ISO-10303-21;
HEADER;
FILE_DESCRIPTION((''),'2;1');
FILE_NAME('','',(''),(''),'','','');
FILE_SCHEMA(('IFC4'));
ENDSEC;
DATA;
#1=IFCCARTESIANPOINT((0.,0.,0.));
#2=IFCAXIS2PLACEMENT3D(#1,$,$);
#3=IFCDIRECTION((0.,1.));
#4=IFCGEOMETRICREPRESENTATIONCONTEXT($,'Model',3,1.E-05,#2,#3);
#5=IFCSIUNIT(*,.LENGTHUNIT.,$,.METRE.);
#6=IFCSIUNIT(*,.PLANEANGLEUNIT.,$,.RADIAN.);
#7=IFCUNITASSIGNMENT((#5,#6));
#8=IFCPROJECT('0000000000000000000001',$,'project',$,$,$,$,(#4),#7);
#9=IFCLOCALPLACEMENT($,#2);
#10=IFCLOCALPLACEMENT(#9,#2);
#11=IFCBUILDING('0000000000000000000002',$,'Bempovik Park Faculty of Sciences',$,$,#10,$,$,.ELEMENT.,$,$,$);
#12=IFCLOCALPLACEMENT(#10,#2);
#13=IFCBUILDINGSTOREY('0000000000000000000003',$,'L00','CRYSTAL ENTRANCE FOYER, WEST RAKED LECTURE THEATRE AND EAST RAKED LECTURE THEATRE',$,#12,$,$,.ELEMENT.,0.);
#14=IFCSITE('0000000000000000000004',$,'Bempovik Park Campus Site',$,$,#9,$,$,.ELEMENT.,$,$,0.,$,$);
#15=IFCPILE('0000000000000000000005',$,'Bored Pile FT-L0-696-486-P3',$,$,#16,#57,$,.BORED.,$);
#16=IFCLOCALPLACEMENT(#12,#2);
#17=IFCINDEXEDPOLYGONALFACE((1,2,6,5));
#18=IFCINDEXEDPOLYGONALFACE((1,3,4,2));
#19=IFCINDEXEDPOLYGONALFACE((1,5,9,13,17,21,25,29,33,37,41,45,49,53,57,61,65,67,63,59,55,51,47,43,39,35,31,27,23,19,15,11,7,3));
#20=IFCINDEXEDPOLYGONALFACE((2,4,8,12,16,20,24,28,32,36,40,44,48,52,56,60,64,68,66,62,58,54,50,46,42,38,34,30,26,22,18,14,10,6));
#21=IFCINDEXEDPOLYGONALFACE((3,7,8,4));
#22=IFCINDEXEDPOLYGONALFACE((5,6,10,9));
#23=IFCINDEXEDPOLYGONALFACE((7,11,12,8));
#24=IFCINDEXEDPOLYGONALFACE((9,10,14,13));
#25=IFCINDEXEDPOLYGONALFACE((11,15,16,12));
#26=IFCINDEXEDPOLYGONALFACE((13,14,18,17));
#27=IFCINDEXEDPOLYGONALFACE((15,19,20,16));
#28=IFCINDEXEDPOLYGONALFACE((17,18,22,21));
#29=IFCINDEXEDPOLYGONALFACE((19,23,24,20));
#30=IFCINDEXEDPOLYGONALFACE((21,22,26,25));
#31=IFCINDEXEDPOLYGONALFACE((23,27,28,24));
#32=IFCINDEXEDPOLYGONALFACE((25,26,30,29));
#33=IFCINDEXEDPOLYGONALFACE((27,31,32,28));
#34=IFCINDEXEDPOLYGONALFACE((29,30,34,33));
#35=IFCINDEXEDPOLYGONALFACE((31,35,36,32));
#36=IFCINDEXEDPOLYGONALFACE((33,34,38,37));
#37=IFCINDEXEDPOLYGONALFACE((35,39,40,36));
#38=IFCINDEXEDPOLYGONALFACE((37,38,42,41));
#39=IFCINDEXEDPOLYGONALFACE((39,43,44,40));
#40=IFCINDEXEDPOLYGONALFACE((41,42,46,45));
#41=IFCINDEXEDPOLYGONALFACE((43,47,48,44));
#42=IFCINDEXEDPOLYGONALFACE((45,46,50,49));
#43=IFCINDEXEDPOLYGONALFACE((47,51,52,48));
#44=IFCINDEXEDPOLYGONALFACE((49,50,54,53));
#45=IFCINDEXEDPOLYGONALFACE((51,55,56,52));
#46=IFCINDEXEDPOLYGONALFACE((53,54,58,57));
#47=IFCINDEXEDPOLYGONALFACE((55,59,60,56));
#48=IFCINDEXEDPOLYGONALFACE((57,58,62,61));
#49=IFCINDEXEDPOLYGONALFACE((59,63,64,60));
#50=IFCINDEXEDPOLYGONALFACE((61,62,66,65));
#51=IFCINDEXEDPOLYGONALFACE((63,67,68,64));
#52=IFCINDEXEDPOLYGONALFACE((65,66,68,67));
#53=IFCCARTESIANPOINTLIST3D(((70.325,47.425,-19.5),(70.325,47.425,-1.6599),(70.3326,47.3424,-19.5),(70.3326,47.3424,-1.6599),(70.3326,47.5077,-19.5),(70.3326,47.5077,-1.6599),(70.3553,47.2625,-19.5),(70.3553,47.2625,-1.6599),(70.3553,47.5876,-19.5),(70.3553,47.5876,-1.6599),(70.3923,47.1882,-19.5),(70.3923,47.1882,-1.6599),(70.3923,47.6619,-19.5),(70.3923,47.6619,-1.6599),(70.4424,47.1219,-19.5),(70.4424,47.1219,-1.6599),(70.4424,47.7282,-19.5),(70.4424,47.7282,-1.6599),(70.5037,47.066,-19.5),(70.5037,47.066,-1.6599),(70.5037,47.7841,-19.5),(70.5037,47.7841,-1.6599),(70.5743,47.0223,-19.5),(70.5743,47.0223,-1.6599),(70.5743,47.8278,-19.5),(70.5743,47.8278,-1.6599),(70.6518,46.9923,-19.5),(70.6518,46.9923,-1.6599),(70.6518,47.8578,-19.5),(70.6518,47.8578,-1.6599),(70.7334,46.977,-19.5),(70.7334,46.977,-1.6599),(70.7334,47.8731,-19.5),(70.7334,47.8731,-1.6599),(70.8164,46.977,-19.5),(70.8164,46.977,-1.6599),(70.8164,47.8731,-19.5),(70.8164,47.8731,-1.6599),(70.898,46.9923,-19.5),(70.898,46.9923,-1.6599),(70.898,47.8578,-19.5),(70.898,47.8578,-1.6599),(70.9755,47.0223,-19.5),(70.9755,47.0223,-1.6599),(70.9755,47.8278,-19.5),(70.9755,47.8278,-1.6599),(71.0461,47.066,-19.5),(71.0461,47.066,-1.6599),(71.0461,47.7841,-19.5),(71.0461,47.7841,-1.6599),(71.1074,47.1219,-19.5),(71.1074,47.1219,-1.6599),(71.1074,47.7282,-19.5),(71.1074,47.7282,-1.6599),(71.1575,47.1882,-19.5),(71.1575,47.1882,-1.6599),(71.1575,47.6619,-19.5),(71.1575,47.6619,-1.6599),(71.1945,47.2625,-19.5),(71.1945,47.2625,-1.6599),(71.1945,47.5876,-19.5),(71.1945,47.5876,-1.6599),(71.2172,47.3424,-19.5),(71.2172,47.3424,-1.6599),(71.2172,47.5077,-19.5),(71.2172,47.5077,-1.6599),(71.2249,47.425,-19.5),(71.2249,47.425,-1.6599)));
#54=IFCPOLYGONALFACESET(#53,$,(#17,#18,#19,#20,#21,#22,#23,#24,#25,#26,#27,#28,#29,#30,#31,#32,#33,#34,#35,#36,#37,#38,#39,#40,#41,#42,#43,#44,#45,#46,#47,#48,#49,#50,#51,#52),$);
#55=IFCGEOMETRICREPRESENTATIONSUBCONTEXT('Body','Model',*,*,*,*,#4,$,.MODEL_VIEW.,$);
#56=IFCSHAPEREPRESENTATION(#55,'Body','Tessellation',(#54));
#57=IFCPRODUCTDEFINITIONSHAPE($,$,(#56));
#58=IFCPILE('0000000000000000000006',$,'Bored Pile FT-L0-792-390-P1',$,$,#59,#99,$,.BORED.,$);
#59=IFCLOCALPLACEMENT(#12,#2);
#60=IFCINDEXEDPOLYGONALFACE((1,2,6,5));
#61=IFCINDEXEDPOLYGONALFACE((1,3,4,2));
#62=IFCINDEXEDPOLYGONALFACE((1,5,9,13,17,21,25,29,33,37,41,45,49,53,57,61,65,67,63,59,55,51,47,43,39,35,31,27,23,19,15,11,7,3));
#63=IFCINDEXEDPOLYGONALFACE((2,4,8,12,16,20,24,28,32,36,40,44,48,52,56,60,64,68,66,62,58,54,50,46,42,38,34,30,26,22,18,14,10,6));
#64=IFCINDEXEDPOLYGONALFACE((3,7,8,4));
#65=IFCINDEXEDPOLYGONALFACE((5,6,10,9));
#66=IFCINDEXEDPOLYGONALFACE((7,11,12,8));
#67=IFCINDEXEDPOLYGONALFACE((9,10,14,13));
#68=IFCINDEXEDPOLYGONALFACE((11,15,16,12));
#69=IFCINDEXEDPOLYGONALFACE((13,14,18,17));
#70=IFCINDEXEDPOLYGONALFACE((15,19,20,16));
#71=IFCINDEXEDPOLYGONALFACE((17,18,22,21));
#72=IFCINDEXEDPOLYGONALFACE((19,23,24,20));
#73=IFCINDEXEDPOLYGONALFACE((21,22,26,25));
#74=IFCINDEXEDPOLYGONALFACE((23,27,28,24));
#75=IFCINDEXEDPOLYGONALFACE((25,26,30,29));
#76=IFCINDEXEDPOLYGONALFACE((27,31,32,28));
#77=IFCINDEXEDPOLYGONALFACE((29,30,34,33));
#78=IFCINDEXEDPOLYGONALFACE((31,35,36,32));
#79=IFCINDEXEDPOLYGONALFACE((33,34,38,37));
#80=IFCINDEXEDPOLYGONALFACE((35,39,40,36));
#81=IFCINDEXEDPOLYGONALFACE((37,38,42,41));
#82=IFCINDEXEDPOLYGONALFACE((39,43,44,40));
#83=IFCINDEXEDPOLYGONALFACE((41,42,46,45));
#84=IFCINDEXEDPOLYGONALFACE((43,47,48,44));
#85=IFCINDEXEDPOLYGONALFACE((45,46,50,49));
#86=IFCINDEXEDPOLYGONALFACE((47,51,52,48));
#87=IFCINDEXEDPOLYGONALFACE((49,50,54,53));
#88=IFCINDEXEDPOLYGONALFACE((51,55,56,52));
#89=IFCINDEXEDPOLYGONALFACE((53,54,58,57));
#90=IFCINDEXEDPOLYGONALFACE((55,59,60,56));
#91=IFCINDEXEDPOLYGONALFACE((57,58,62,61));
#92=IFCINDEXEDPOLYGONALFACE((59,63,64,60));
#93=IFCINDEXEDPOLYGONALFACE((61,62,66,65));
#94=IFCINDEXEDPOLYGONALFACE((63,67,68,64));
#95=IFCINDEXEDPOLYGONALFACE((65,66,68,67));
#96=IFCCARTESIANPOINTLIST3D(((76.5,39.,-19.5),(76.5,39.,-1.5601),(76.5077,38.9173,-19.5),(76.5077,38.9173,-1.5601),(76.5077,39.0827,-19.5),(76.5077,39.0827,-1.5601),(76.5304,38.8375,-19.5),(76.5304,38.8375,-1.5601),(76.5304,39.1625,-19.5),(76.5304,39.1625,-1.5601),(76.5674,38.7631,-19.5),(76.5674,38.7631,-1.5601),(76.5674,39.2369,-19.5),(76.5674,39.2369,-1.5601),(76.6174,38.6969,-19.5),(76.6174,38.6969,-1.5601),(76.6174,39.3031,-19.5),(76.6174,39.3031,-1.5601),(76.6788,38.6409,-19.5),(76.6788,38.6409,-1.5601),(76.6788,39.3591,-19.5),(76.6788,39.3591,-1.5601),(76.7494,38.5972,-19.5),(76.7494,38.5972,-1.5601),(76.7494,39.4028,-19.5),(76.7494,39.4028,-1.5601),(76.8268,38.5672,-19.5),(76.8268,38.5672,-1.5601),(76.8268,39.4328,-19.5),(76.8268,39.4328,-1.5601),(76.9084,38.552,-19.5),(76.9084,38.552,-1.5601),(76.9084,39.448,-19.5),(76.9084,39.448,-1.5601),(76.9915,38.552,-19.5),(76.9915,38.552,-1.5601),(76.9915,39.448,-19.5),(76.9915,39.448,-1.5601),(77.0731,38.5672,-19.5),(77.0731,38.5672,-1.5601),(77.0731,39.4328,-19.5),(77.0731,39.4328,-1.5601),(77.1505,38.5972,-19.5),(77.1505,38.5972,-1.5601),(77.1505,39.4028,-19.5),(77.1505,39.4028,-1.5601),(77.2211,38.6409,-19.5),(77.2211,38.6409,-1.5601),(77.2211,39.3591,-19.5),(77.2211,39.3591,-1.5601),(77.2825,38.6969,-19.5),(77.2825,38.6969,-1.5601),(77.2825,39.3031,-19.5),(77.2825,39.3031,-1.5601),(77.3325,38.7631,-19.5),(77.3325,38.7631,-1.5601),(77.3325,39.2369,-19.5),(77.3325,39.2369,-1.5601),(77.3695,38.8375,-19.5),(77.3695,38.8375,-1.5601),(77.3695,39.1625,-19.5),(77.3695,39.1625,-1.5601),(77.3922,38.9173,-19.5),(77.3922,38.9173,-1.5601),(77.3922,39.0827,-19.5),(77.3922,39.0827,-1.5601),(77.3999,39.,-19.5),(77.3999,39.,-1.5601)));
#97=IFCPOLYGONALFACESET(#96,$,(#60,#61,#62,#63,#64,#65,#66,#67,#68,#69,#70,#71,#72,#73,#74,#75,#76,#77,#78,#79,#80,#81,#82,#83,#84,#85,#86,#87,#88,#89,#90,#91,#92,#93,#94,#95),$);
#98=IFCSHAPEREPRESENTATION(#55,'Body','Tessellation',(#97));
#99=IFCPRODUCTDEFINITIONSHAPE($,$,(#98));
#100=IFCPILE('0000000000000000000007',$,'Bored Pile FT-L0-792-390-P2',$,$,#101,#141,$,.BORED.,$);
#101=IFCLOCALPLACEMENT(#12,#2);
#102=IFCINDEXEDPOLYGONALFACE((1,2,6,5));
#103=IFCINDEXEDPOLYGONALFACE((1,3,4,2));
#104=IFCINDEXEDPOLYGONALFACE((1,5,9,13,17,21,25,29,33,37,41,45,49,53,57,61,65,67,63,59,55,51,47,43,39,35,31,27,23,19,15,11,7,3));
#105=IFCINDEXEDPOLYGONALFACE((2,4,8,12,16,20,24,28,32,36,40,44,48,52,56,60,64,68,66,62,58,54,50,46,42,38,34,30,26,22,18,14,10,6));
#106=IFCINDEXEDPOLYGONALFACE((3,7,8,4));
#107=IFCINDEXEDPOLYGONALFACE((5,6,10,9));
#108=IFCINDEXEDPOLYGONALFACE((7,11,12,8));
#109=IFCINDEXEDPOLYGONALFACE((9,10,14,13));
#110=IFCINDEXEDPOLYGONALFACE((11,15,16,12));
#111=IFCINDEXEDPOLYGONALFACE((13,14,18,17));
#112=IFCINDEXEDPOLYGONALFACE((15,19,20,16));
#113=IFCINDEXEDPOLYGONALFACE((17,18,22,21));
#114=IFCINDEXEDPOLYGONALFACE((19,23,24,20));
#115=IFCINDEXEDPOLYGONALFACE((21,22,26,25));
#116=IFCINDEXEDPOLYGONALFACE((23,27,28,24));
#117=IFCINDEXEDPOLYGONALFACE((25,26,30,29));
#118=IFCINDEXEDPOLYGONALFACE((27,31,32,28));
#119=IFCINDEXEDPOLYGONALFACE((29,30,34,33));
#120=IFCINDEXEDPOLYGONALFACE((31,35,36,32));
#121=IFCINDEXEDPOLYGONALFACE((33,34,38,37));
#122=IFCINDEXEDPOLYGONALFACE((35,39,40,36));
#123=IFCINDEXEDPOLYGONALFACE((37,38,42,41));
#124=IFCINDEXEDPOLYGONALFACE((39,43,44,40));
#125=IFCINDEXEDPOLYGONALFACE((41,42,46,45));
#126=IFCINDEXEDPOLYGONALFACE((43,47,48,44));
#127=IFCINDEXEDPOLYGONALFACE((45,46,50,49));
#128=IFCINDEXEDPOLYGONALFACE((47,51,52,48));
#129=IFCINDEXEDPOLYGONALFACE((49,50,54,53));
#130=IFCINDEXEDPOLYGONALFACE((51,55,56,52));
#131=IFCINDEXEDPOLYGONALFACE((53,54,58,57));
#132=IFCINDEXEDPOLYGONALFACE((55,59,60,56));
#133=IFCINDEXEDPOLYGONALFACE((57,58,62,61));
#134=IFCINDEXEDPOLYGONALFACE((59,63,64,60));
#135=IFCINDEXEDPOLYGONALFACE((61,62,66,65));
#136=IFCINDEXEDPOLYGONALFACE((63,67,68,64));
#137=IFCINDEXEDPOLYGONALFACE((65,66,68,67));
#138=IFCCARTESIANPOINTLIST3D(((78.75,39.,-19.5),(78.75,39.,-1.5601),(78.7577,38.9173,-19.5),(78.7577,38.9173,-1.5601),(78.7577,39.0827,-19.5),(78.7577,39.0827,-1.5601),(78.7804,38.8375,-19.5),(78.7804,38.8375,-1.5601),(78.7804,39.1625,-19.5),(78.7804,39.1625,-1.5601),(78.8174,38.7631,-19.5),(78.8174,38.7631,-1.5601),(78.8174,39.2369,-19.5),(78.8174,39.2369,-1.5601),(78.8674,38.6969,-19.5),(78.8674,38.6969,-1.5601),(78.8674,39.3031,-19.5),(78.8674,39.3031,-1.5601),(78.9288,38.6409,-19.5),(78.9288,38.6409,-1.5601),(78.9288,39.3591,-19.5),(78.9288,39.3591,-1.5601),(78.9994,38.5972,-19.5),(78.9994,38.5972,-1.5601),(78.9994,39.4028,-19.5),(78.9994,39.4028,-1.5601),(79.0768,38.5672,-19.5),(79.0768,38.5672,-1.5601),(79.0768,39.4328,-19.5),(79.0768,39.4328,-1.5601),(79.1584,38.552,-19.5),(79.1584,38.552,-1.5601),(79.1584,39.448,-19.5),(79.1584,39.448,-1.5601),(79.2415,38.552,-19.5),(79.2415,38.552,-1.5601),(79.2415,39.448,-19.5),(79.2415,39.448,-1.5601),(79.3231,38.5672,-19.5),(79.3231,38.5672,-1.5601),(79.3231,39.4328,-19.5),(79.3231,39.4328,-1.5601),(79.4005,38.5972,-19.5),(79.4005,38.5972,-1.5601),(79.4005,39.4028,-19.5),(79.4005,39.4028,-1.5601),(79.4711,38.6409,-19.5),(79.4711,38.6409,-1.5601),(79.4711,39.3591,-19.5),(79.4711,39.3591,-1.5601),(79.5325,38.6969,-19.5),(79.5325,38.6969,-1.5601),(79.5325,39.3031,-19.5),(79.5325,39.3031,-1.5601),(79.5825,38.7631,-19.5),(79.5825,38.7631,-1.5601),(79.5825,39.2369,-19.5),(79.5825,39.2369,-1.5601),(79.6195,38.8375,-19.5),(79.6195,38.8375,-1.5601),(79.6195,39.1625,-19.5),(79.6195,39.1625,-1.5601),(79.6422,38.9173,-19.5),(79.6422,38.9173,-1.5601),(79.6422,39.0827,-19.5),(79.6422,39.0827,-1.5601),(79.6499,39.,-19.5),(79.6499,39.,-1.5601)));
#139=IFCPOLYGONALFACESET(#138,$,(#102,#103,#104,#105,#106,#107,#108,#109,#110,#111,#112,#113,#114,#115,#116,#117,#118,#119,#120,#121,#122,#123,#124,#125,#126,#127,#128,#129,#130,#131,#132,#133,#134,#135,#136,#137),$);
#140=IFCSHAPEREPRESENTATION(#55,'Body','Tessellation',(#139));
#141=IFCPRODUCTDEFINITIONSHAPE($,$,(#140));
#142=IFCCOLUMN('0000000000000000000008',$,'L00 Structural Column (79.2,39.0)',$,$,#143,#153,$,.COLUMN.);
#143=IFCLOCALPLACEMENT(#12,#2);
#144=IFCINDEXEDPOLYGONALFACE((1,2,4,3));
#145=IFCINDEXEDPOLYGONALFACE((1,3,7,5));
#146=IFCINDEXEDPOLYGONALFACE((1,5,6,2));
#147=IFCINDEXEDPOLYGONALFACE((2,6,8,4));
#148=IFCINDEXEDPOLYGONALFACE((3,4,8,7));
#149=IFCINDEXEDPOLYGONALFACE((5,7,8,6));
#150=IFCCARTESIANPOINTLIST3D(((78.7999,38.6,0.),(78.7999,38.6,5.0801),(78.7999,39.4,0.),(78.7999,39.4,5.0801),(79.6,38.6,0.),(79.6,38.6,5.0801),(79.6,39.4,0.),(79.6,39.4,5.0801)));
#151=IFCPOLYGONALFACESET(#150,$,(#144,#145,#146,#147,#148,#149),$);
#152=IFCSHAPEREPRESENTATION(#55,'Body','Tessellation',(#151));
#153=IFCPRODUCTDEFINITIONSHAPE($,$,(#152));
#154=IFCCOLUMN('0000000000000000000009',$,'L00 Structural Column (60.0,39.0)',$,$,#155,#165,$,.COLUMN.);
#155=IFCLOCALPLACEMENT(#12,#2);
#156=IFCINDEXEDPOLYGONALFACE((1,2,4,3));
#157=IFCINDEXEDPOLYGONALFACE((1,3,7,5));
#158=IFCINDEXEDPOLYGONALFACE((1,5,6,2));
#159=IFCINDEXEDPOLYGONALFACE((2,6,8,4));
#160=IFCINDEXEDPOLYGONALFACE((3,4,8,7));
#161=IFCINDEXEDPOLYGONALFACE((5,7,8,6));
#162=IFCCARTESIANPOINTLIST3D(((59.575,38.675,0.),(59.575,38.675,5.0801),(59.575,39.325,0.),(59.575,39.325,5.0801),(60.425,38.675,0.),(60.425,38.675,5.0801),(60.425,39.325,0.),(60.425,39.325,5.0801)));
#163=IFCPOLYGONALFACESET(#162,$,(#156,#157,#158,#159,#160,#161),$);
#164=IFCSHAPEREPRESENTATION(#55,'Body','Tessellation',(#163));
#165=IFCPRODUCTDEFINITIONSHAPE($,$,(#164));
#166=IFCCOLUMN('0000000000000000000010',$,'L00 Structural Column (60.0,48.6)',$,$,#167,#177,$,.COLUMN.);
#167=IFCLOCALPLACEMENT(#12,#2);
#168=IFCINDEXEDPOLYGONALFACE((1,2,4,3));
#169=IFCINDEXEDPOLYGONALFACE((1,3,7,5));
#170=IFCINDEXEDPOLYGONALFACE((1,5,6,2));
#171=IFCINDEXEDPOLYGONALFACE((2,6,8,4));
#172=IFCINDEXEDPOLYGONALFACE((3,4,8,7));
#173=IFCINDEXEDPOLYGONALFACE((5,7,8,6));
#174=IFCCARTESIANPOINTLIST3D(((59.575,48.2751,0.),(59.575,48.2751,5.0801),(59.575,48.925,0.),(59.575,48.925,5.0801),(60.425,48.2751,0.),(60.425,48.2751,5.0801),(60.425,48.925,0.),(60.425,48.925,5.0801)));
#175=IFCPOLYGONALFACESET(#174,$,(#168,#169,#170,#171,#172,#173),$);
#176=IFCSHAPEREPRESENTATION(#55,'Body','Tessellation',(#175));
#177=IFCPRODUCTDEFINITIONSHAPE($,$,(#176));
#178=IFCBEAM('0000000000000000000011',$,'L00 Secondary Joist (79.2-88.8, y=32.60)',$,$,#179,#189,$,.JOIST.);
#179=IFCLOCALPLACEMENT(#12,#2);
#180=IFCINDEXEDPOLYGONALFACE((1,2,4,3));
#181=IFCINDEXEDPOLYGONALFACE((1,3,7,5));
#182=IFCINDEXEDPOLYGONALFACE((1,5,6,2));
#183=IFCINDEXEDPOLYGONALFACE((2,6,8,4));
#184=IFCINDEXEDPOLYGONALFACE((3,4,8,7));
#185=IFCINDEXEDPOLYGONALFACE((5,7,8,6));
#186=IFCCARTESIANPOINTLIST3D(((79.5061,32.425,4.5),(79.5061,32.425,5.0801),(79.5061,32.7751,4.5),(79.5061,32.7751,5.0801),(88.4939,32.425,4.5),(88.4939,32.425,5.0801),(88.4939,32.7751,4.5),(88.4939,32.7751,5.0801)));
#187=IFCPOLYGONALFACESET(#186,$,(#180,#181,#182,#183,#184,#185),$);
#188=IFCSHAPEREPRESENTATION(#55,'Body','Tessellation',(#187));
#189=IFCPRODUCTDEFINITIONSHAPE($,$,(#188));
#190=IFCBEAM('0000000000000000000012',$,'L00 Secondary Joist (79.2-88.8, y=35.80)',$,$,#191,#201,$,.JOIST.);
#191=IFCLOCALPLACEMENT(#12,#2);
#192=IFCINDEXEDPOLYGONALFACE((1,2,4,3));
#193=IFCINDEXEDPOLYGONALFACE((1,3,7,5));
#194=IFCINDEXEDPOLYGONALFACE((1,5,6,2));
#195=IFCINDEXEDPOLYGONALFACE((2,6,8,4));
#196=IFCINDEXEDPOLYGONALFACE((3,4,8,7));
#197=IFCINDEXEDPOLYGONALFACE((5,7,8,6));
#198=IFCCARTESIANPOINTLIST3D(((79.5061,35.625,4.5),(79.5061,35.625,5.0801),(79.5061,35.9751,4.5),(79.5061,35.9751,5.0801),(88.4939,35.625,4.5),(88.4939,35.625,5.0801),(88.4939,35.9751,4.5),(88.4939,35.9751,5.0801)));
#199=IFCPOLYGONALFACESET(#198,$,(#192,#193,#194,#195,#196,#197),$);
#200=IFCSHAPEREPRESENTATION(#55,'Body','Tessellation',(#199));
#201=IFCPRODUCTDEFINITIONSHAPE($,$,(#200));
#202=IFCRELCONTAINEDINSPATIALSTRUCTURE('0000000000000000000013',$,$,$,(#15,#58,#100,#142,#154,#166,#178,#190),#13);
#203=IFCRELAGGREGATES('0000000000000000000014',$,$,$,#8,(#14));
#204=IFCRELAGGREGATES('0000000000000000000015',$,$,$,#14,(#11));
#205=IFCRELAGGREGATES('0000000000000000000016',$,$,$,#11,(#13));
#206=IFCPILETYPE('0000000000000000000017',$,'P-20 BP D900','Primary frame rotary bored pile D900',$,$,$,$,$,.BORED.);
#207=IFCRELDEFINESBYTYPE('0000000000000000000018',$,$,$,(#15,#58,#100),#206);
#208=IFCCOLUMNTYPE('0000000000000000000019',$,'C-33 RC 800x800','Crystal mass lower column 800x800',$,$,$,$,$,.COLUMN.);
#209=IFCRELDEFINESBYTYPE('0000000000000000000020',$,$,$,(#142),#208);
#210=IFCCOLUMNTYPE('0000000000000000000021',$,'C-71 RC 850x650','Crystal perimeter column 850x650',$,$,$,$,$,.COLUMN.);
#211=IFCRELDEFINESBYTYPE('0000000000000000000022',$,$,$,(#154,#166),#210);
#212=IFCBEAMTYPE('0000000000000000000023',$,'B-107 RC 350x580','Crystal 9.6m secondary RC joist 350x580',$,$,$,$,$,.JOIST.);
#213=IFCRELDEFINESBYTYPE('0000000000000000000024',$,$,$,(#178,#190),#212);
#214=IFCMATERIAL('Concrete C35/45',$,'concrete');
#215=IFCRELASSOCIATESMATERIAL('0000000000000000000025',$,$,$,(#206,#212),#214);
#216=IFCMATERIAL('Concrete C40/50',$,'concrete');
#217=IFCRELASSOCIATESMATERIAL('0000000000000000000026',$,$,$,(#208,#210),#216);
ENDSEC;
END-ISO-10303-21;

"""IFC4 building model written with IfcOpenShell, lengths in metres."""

from ifc_helpers import new_model, si_unit, direction, frame, origin, origin_2d, place, context, subcontext, project, spatial, rectangle, circle, extrude, material, material_profile, profile_set, type_object, element, save


model = new_model("IFC4")

# Units and contexts
model_context = context("Model", 3, precision=1e-05, world=origin(), true_north=direction((0.0, 1.0)))
body_context = subcontext(model_context, "Body", "Model", "MODEL_VIEW")
ifc_project = project(units=[si_unit("LENGTHUNIT", "METRE"), si_unit("PLANEANGLEUNIT", "RADIAN")], contexts=[model_context])

# Site, building, storey
site_placement = place(None, origin())
site = spatial("IfcSite", under=ifc_project, at=site_placement, Name="Bempovik Park Campus Site", CompositionType="ELEMENT", RefElevation=0.0)
building_placement = place(site_placement, origin())
building = spatial("IfcBuilding", under=site, at=building_placement, Name="Bempovik Park Faculty of Sciences", CompositionType="ELEMENT")
storey_placement = place(building_placement, origin())
storey = spatial("IfcBuildingStorey", under=building, at=storey_placement, Name="L00", Description="CRYSTAL ENTRANCE FOYER, WEST RAKED LECTURE THEATRE AND EAST RAKED LECTURE THEATRE", CompositionType="ELEMENT", Elevation=0.0)

# Shared definitions
ifc_material_1 = material(Name="Concrete C35/45", Category="concrete")

# Piles
ifc_material_profile_1 = material_profile(ifc_material_1, circle(Radius=0.45, at=origin_2d()), Name="BP D900")
ifc_profile_set_1 = profile_set([ifc_material_profile_1], Name="Concrete C35/45")
pile_type = type_object("IfcPileType", Name="P-20 BP D900", Description="Primary frame rotary bored pile D900", PredefinedType="BORED", material=ifc_profile_set_1)
for number, where, z_axis, x_axis, name in (
    (1, (70.7749, 47.425, -1.6599), (0.0, 0.0, -1.0), (1.0, 0.0, 0.0), "Bored Pile FT-L0-696-486-P3"),
):
    element("IfcPile", number, at=place(storey_placement, frame(where, z_axis=z_axis, x_axis=x_axis)), inside=storey, type_object=pile_type, Name=name, PredefinedType="BORED", context=body_context, shape_type="SweptSolid", body=[
        extrude(circle(Radius=0.45, at=origin_2d()), origin(), (0.0, 0.0, 1.0), 17.8401),
    ])
for number, where, z_axis, x_axis, name in (
    (2, (76.95, 39.0, -1.5601), (0.0, 0.0, -1.0), (1.0, 0.0, 0.0), "Bored Pile FT-L0-792-390-P1"),
    (3, (79.2, 39.0, -1.5601), (0.0, 0.0, -1.0), (1.0, 0.0, 0.0), "Bored Pile FT-L0-792-390-P2"),
):
    element("IfcPile", number, at=place(storey_placement, frame(where, z_axis=z_axis, x_axis=x_axis)), inside=storey, type_object=pile_type, Name=name, PredefinedType="BORED", context=body_context, shape_type="SweptSolid", body=[
        extrude(circle(Radius=0.45, at=origin_2d()), origin(), (0.0, 0.0, 1.0), 17.9399),
    ])

# Columns
ifc_material_2 = material(Name="Concrete C40/50", Category="concrete")
ifc_material_profile_2 = material_profile(ifc_material_2, rectangle(XDim=0.8, YDim=0.8, at=origin_2d()), Name="RC 800x800")
ifc_profile_set_2 = profile_set([ifc_material_profile_2], Name="Concrete C40/50")
column_type_1 = type_object("IfcColumnType", Name="C-33 RC 800x800", Description="Crystal mass lower column 800x800", PredefinedType="COLUMN", material=ifc_profile_set_2)
column_placement = place(storey_placement, frame((79.2, 39.0, 0.0), z_axis=(0.0, 0.0, 1.0), x_axis=(1.0, 0.0, 0.0)))
element("IfcColumn", 4, at=column_placement, inside=storey, type_object=column_type_1, Name="L00 Structural Column (79.2,39.0)", PredefinedType="COLUMN", context=body_context, shape_type="SweptSolid", body=[
    extrude(rectangle(XDim=0.8, YDim=0.8, at=origin_2d()), origin(), (0.0, 0.0, 1.0), 5.0801),
])
ifc_material_profile_3 = material_profile(ifc_material_2, rectangle(XDim=0.8501, YDim=0.6499, at=origin_2d()), Name="RC 850x650")
ifc_profile_set_3 = profile_set([ifc_material_profile_3], Name="Concrete C40/50")
column_type_2 = type_object("IfcColumnType", Name="C-71 RC 850x650", Description="Crystal perimeter column 850x650", PredefinedType="COLUMN", material=ifc_profile_set_3)
for number, where, z_axis, x_axis, name in (
    (5, (60.0, 39.0, 0.0), (0.0, 0.0, 1.0), (1.0, 0.0, 0.0), "L00 Structural Column (60.0,39.0)"),
    (6, (60.0, 48.6001, 0.0), (0.0, 0.0, 1.0), (1.0, 0.0, 0.0), "L00 Structural Column (60.0,48.6)"),
):
    element("IfcColumn", number, at=place(storey_placement, frame(where, z_axis=z_axis, x_axis=x_axis)), inside=storey, type_object=column_type_2, Name=name, PredefinedType="COLUMN", context=body_context, shape_type="SweptSolid", body=[
        extrude(rectangle(XDim=0.8501, YDim=0.6499, at=origin_2d()), origin(), (0.0, 0.0, 1.0), 5.0801),
    ])

# Beams
ifc_material_profile_4 = material_profile(ifc_material_1, rectangle(XDim=0.3501, YDim=0.5801, at=origin_2d()), Name="RC 350x580")
ifc_profile_set_4 = profile_set([ifc_material_profile_4], Name="Concrete C35/45")
beam_type_1 = type_object("IfcBeamType", Name="B-107 RC 350x580", Description="Crystal 9.6m secondary RC joist 350x580", PredefinedType="JOIST", material=ifc_profile_set_4)
for number, where, z_axis, x_axis, name in (
    (7, (79.5061, 32.6001, 4.79), (1.0, 0.0, 0.0), (0.0, 1.0, 0.0), "L00 Secondary Joist (79.2-88.8, y=32.60)"),
    (8, (79.5061, 35.8, 4.79), (1.0, 0.0, 0.0), (0.0, 1.0, 0.0), "L00 Secondary Joist (79.2-88.8, y=35.80)"),
):
    element("IfcBeam", number, at=place(storey_placement, frame(where, z_axis=z_axis, x_axis=x_axis)), inside=storey, type_object=beam_type_1, Name=name, PredefinedType="JOIST", context=body_context, shape_type="SweptSolid", body=[
        extrude(rectangle(XDim=0.3501, YDim=0.5801, at=origin_2d()), origin(), (0.0, 0.0, 1.0), 8.9878),
    ])

save(model, "model.ifc")
